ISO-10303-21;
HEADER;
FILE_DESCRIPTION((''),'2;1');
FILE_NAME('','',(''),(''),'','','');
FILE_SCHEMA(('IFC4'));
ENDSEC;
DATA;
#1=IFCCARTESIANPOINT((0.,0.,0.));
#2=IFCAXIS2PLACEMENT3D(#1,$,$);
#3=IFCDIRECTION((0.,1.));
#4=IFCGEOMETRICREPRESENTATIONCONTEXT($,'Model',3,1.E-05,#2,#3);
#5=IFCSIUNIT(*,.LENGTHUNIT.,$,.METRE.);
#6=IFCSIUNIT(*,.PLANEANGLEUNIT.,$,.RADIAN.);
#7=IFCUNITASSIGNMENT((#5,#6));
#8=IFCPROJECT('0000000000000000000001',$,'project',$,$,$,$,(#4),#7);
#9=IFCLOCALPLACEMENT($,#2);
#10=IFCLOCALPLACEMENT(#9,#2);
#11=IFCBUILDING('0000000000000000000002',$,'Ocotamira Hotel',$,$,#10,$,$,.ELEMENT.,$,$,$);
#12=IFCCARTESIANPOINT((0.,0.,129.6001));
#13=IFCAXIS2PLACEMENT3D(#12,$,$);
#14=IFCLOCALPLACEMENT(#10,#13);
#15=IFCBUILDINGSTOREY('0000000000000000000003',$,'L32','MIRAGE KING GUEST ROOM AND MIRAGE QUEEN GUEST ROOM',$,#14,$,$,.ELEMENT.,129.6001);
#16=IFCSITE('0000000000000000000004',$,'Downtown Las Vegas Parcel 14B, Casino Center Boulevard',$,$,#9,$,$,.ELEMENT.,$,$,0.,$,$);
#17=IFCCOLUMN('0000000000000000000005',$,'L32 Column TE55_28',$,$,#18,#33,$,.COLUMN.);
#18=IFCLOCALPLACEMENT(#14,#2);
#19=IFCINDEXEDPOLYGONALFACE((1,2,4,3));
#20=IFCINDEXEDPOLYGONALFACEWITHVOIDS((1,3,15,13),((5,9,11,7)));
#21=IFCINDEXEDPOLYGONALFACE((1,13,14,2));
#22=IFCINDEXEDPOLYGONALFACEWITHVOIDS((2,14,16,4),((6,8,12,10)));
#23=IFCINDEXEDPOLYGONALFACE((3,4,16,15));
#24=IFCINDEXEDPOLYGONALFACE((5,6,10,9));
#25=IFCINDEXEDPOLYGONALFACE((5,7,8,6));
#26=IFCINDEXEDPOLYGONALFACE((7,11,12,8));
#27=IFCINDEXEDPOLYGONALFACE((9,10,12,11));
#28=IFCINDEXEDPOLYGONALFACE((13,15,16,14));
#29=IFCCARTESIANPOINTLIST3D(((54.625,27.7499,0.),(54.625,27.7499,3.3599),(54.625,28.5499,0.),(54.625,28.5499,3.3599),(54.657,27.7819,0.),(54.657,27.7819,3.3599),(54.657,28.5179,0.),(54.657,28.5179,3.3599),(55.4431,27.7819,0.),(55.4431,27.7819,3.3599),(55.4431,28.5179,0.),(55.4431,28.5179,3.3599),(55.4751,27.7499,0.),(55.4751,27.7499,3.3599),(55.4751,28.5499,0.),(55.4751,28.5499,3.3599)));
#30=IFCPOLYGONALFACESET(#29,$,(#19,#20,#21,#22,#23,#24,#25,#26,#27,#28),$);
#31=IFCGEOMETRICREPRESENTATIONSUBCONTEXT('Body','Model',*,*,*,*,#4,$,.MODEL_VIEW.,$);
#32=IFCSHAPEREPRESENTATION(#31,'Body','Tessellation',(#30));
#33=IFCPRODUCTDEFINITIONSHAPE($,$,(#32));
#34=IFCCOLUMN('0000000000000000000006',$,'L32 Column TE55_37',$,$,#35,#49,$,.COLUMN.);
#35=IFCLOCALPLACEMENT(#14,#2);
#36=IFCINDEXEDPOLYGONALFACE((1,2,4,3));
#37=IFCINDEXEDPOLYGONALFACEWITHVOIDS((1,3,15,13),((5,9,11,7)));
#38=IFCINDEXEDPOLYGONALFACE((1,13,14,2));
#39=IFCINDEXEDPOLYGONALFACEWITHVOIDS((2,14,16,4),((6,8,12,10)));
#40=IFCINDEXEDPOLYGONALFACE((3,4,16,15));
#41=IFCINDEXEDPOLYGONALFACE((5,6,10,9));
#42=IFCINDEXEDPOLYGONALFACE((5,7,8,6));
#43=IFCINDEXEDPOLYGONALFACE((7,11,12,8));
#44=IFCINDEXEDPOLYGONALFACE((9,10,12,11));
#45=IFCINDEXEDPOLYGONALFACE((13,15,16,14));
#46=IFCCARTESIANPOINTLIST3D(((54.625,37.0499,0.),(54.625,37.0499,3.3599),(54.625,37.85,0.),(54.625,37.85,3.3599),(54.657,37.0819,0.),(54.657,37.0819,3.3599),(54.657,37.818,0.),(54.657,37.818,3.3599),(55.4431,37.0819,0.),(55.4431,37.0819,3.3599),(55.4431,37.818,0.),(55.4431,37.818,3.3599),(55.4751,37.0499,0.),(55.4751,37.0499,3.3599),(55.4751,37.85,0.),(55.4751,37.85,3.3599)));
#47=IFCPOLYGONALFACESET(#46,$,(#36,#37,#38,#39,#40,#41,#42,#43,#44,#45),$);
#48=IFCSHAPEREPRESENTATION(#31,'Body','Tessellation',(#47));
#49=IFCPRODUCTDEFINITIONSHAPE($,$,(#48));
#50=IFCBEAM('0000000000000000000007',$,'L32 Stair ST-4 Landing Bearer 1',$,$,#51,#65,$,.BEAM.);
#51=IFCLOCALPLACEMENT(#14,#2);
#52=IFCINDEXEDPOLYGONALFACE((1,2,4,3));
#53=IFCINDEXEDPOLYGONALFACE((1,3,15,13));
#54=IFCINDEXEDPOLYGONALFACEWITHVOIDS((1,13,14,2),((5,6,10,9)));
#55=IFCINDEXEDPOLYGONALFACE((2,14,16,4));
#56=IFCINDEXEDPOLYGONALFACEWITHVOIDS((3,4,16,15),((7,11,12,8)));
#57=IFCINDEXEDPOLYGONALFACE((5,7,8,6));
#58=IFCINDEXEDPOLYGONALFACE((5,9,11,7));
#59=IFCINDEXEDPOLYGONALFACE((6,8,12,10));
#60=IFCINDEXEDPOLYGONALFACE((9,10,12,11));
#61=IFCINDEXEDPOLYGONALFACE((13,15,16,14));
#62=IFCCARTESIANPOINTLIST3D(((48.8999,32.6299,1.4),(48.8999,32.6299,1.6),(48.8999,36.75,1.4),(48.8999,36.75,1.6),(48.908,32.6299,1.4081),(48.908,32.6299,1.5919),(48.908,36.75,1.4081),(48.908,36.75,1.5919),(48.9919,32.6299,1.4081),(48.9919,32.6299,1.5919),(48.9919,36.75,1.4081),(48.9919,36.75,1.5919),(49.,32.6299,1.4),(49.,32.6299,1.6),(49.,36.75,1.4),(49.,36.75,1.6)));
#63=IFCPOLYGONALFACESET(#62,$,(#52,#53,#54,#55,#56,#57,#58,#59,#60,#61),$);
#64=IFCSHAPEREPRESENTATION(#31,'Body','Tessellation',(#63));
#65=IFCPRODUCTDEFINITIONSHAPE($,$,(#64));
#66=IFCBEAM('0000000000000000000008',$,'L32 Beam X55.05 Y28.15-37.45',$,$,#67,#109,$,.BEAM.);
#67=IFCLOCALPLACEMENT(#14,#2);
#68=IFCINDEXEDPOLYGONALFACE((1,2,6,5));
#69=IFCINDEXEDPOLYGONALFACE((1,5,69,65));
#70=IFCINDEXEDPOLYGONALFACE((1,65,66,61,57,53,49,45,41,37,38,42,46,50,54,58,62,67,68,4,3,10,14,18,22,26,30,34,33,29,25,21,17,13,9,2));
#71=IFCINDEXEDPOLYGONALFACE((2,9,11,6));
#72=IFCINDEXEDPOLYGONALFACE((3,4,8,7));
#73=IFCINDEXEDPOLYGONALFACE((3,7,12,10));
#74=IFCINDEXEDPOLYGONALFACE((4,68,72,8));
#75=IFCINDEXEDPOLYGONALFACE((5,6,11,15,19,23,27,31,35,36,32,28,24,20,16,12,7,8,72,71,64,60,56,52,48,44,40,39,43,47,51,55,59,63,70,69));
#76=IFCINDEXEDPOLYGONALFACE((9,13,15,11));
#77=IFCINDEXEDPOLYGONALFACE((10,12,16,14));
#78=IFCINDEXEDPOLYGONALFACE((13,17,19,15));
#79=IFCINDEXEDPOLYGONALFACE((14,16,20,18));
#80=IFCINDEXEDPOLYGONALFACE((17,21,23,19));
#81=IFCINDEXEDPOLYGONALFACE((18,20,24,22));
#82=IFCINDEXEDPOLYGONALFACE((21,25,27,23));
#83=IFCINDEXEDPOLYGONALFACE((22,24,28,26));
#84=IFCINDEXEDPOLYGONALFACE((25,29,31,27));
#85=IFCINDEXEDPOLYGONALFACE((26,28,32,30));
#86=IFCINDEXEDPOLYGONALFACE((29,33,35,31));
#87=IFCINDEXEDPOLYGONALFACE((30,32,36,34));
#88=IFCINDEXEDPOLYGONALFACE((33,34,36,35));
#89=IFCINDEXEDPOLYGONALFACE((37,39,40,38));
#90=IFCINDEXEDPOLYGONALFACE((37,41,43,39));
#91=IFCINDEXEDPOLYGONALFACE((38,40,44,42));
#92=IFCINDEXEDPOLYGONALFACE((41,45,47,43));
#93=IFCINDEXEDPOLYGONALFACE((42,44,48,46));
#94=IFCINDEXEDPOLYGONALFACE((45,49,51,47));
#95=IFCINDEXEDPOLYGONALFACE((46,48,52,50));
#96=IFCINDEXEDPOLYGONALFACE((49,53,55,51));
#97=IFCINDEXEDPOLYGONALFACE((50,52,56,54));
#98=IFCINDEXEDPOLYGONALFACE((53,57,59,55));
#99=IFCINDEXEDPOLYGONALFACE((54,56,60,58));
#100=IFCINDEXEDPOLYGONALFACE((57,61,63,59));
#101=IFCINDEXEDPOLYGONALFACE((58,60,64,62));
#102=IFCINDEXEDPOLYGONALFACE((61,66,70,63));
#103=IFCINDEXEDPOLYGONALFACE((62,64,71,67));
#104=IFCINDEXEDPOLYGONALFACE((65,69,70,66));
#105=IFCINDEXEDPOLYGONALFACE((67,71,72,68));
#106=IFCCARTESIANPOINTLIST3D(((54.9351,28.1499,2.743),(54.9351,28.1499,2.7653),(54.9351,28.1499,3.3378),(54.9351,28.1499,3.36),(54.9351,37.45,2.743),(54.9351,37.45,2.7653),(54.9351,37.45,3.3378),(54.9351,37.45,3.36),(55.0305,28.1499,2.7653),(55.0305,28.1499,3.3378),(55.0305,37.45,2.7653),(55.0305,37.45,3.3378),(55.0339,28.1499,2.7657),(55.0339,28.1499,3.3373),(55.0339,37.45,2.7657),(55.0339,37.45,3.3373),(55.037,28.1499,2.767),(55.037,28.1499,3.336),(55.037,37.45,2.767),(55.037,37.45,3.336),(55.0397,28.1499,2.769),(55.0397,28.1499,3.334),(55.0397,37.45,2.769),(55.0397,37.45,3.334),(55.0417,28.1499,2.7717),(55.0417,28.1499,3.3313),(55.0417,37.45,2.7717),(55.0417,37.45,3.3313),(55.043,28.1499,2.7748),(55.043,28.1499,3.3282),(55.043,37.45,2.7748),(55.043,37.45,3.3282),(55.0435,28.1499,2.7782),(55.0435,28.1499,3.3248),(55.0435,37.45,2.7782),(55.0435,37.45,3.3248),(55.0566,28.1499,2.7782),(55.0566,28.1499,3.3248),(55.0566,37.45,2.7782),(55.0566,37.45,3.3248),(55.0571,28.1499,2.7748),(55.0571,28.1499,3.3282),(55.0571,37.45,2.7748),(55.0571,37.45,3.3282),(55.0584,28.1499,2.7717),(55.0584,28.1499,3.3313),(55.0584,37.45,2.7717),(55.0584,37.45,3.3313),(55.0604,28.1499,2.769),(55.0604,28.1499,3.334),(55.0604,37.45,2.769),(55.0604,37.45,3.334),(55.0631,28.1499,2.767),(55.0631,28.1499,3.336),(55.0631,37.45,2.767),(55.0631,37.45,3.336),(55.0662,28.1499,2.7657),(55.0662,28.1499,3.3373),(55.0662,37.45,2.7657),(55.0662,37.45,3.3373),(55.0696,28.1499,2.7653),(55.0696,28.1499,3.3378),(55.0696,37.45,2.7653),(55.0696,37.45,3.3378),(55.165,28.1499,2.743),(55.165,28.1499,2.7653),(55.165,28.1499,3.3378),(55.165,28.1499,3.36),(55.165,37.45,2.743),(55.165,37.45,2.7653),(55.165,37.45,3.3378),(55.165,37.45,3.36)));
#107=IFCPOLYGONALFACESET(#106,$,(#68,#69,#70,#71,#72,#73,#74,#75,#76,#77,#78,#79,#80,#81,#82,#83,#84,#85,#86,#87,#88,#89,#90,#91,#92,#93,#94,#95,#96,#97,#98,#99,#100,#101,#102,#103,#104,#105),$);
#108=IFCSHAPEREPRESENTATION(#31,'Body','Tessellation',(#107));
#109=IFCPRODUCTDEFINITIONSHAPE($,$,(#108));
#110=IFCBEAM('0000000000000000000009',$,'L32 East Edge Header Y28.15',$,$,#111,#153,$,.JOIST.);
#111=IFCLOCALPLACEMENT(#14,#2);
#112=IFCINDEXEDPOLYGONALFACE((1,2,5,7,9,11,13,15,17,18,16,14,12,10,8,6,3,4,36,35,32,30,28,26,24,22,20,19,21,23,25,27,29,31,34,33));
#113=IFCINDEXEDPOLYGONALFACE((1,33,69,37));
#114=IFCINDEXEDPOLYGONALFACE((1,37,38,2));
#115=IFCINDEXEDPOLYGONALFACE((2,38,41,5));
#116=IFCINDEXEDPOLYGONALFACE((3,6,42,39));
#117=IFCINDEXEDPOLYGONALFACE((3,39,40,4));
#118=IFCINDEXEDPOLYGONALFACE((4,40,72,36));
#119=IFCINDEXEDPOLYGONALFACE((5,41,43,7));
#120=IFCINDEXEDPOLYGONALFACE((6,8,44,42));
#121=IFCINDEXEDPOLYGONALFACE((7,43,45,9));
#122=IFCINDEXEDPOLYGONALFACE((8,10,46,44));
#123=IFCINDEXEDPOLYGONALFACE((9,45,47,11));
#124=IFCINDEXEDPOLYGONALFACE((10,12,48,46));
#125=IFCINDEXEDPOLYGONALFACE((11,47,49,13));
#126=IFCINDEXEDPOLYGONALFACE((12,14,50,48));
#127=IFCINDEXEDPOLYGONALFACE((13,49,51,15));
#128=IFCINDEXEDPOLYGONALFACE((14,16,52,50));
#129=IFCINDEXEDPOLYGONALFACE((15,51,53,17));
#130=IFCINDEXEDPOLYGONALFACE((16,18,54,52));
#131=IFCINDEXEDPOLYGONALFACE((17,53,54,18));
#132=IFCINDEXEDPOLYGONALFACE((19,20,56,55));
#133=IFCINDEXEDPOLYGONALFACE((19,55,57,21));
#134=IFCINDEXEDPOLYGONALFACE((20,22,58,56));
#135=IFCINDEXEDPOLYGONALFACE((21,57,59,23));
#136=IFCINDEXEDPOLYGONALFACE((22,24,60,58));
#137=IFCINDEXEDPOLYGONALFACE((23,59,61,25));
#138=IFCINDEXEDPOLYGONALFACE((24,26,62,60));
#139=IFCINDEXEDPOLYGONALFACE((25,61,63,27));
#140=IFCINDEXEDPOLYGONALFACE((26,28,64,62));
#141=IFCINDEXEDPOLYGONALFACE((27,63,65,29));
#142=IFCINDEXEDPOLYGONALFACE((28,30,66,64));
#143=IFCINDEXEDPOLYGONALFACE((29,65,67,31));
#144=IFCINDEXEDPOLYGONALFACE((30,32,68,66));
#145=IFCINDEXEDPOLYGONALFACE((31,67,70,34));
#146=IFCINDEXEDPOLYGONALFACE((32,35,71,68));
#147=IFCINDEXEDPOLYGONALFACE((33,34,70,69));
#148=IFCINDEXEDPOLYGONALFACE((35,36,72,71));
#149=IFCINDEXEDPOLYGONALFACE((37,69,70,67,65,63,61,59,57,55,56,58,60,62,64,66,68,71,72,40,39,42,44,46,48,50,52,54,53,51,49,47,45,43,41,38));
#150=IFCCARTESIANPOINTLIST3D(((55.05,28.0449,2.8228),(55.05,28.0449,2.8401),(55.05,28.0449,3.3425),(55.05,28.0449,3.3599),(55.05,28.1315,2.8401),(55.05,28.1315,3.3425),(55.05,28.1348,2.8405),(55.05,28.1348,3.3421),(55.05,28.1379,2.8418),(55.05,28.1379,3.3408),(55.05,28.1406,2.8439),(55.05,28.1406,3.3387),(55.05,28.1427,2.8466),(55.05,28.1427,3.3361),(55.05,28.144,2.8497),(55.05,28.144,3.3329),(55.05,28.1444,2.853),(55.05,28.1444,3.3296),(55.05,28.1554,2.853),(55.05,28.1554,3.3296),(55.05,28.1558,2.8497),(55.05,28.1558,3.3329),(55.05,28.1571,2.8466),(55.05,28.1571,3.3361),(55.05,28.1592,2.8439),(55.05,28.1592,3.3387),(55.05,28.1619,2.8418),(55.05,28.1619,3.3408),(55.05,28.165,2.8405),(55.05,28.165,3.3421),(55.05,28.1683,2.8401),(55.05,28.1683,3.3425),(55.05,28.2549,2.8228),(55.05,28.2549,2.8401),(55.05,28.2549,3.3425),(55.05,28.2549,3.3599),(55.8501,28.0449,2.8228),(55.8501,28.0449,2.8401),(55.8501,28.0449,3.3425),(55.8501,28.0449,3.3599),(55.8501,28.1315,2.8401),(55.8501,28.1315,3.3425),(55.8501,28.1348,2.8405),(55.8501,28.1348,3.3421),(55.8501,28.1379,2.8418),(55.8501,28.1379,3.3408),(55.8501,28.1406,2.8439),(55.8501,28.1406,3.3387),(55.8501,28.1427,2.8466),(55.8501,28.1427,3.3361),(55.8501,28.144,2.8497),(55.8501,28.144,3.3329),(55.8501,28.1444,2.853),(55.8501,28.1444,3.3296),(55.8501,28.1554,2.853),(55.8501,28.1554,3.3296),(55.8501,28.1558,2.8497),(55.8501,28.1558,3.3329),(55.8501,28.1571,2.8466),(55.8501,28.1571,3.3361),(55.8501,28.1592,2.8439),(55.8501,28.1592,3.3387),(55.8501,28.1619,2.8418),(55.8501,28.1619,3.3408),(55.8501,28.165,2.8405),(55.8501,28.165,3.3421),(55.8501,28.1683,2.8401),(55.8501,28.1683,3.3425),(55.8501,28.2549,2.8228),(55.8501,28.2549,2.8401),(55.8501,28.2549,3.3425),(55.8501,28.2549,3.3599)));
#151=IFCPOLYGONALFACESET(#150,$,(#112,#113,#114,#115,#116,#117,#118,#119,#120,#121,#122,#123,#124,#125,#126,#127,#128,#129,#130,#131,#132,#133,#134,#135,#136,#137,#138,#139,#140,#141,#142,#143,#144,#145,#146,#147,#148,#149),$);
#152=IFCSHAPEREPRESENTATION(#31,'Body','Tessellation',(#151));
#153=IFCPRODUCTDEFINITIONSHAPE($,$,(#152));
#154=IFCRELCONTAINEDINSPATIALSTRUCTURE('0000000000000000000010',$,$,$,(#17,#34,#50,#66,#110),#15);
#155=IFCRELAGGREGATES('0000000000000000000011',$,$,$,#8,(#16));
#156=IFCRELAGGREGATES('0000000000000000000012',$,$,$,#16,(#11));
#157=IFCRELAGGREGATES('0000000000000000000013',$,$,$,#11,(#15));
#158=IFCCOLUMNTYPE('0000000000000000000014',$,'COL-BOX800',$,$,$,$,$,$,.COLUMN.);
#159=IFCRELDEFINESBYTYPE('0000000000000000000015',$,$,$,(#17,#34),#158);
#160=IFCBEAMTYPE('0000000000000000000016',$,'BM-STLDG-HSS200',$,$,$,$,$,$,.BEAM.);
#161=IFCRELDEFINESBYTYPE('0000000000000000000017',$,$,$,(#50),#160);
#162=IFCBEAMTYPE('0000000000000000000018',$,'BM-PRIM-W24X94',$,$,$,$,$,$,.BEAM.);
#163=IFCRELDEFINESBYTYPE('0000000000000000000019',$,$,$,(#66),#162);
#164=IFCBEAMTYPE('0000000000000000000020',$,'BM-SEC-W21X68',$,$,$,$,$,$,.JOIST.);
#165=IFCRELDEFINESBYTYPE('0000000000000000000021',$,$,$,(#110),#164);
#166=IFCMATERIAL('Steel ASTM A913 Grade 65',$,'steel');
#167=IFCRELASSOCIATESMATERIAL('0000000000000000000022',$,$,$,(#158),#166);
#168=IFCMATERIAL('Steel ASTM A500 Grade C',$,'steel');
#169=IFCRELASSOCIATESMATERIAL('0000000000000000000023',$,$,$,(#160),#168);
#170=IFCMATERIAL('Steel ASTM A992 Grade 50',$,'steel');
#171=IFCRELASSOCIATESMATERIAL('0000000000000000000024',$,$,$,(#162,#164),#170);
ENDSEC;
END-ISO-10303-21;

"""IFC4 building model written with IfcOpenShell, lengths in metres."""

from ifc_helpers import new_model, si_unit, direction, frame, origin, origin_2d, place, context, subcontext, project, spatial, hollow_rectangle, i_section, extrude, source, transform, mapped, material, material_profile, profile_set, type_object, element, save


model = new_model("IFC4")

# Units and contexts
model_context = context("Model", 3, precision=1e-05, world=origin(), true_north=direction((0.0, 1.0)))
body_context = subcontext(model_context, "Body", "Model", "MODEL_VIEW")
ifc_project = project(units=[si_unit("LENGTHUNIT", "METRE"), si_unit("PLANEANGLEUNIT", "RADIAN")], contexts=[model_context])

# Site, building, storey
site_placement = place(None, origin())
site = spatial("IfcSite", under=ifc_project, at=site_placement, Name="Downtown Las Vegas Parcel 14B, Casino Center Boulevard", CompositionType="ELEMENT", RefElevation=0.0)
building_placement = place(site_placement, origin())
building = spatial("IfcBuilding", under=site, at=building_placement, Name="Ocotamira Hotel", CompositionType="ELEMENT")
storey_placement = place(building_placement, frame((0.0, 0.0, 129.6001)))
storey = spatial("IfcBuildingStorey", under=building, at=storey_placement, Name="L32", Description="MIRAGE KING GUEST ROOM AND MIRAGE QUEEN GUEST ROOM", CompositionType="ELEMENT", Elevation=129.6001)

# Columns
ifc_material_1 = material(Name="Steel ASTM A913 Grade 65", Category="steel")
ifc_material_profile_1 = material_profile(ifc_material_1, hollow_rectangle(XDim=0.8501, YDim=0.8, WallThickness=0.032, at=origin_2d()), Name="BOX800X850X32")
ifc_profile_set_1 = profile_set([ifc_material_profile_1], Name="Steel ASTM A913 Grade 65")
column_type = type_object("IfcColumnType", Name="COL-BOX800", PredefinedType="COLUMN", material=ifc_profile_set_1)
shared_shape_1 = source(origin(), body_context, "Body", "SweptSolid", [
    extrude(hollow_rectangle(XDim=0.8501, YDim=0.8, WallThickness=0.032, at=origin_2d()), origin(), (0.0, 0.0, 1.0), 3.3599),
])
for number, where, z_axis, x_axis, name in (
    (1, (55.05, 28.1499, 0.0), (0.0, 0.0, 1.0), (1.0, 0.0, 0.0), "L32 Column TE55_28"),
    (2, (55.05, 37.45, 0.0), (0.0, 0.0, 1.0), (1.0, 0.0, 0.0), "L32 Column TE55_37"),
):
    element("IfcColumn", number, at=place(storey_placement, frame(where, z_axis=z_axis, x_axis=x_axis)), inside=storey, type_object=column_type, Name=name, PredefinedType="COLUMN", context=body_context, shape_type="MappedRepresentation", body=[
        mapped(shared_shape_1, transform((0.0, 0.0, 0.0), scale=1.0)),
    ])

# Beams
ifc_material_2 = material(Name="Steel ASTM A500 Grade C", Category="steel")
ifc_material_profile_2 = material_profile(ifc_material_2, hollow_rectangle(XDim=0.1001, YDim=0.2, WallThickness=0.0081, at=origin_2d()), Name="HSS200X100X8")
ifc_profile_set_2 = profile_set([ifc_material_profile_2], Name="Steel ASTM A500 Grade C")
beam_type_1 = type_object("IfcBeamType", Name="BM-STLDG-HSS200", PredefinedType="BEAM", material=ifc_profile_set_2)
shared_shape_2 = source(origin(), body_context, "Body", "SweptSolid", [
    extrude(hollow_rectangle(XDim=0.1001, YDim=0.2, WallThickness=0.0081, at=origin_2d()), origin(), (0.0, 0.0, 1.0), 4.1201),
])
beam_1_placement = place(storey_placement, frame((48.95, 32.6299, 1.5), z_axis=(0.0, 1.0, 0.0), x_axis=(-1.0, 0.0, 0.0)))
element("IfcBeam", 3, at=beam_1_placement, inside=storey, type_object=beam_type_1, Name="L32 Stair ST-4 Landing Bearer 1", PredefinedType="BEAM", context=body_context, shape_type="MappedRepresentation", body=[
    mapped(shared_shape_2, transform((0.0, 0.0, 0.0), scale=1.0)),
])
ifc_material_3 = material(Name="Steel ASTM A992 Grade 50", Category="steel")
ifc_material_profile_3 = material_profile(ifc_material_3, i_section(OverallWidth=0.23, OverallDepth=0.6169, WebThickness=0.0132, FlangeThickness=0.0222, FilletRadius=0.0129, at=origin_2d()), Name="W24X94")
ifc_profile_set_3 = profile_set([ifc_material_profile_3], Name="Steel ASTM A992 Grade 50")
beam_type_2 = type_object("IfcBeamType", Name="BM-PRIM-W24X94", PredefinedType="BEAM", material=ifc_profile_set_3)
shared_shape_3 = source(origin(), body_context, "Body", "SweptSolid", [
    extrude(i_section(OverallWidth=0.23, OverallDepth=0.6169, WebThickness=0.0132, FlangeThickness=0.0222, FilletRadius=0.0129, at=origin_2d()), origin(), (0.0, 0.0, 1.0), 9.3),
])
beam_2_placement = place(storey_placement, frame((55.05, 28.1499, 3.0515), z_axis=(0.0, 1.0, 0.0), x_axis=(-1.0, 0.0, 0.0)))
element("IfcBeam", 4, at=beam_2_placement, inside=storey, type_object=beam_type_2, Name="L32 Beam X55.05 Y28.15-37.45", PredefinedType="BEAM", context=body_context, shape_type="MappedRepresentation", body=[
    mapped(shared_shape_3, transform((0.0, 0.0, 0.0), scale=1.0)),
])
ifc_material_profile_4 = material_profile(ifc_material_3, i_section(OverallWidth=0.21, OverallDepth=0.5371, WebThickness=0.011, FlangeThickness=0.0173, FilletRadius=0.0129, at=origin_2d()), Name="W21X68")
ifc_profile_set_4 = profile_set([ifc_material_profile_4], Name="Steel ASTM A992 Grade 50")
beam_type_3 = type_object("IfcBeamType", Name="BM-SEC-W21X68", PredefinedType="JOIST", material=ifc_profile_set_4)
shared_shape_4 = source(origin(), body_context, "Body", "SweptSolid", [
    extrude(i_section(OverallWidth=0.21, OverallDepth=0.5371, WebThickness=0.011, FlangeThickness=0.0173, FilletRadius=0.0129, at=origin_2d()), origin(), (0.0, 0.0, 1.0), 0.8),
])
for number, where, z_axis, x_axis, name in (
    (5, (55.05, 28.1499, 3.0913), (1.0, 0.0, 0.0), (0.0, 1.0, 0.0), "L32 East Edge Header Y28.15"),
):
    element("IfcBeam", number, at=place(storey_placement, frame(where, z_axis=z_axis, x_axis=x_axis)), inside=storey, type_object=beam_type_3, Name=name, PredefinedType="JOIST", context=body_context, shape_type="MappedRepresentation", body=[
        mapped(shared_shape_4, transform((0.0, 0.0, 0.0), scale=1.0)),
    ])

save(model, "model.ifc")
